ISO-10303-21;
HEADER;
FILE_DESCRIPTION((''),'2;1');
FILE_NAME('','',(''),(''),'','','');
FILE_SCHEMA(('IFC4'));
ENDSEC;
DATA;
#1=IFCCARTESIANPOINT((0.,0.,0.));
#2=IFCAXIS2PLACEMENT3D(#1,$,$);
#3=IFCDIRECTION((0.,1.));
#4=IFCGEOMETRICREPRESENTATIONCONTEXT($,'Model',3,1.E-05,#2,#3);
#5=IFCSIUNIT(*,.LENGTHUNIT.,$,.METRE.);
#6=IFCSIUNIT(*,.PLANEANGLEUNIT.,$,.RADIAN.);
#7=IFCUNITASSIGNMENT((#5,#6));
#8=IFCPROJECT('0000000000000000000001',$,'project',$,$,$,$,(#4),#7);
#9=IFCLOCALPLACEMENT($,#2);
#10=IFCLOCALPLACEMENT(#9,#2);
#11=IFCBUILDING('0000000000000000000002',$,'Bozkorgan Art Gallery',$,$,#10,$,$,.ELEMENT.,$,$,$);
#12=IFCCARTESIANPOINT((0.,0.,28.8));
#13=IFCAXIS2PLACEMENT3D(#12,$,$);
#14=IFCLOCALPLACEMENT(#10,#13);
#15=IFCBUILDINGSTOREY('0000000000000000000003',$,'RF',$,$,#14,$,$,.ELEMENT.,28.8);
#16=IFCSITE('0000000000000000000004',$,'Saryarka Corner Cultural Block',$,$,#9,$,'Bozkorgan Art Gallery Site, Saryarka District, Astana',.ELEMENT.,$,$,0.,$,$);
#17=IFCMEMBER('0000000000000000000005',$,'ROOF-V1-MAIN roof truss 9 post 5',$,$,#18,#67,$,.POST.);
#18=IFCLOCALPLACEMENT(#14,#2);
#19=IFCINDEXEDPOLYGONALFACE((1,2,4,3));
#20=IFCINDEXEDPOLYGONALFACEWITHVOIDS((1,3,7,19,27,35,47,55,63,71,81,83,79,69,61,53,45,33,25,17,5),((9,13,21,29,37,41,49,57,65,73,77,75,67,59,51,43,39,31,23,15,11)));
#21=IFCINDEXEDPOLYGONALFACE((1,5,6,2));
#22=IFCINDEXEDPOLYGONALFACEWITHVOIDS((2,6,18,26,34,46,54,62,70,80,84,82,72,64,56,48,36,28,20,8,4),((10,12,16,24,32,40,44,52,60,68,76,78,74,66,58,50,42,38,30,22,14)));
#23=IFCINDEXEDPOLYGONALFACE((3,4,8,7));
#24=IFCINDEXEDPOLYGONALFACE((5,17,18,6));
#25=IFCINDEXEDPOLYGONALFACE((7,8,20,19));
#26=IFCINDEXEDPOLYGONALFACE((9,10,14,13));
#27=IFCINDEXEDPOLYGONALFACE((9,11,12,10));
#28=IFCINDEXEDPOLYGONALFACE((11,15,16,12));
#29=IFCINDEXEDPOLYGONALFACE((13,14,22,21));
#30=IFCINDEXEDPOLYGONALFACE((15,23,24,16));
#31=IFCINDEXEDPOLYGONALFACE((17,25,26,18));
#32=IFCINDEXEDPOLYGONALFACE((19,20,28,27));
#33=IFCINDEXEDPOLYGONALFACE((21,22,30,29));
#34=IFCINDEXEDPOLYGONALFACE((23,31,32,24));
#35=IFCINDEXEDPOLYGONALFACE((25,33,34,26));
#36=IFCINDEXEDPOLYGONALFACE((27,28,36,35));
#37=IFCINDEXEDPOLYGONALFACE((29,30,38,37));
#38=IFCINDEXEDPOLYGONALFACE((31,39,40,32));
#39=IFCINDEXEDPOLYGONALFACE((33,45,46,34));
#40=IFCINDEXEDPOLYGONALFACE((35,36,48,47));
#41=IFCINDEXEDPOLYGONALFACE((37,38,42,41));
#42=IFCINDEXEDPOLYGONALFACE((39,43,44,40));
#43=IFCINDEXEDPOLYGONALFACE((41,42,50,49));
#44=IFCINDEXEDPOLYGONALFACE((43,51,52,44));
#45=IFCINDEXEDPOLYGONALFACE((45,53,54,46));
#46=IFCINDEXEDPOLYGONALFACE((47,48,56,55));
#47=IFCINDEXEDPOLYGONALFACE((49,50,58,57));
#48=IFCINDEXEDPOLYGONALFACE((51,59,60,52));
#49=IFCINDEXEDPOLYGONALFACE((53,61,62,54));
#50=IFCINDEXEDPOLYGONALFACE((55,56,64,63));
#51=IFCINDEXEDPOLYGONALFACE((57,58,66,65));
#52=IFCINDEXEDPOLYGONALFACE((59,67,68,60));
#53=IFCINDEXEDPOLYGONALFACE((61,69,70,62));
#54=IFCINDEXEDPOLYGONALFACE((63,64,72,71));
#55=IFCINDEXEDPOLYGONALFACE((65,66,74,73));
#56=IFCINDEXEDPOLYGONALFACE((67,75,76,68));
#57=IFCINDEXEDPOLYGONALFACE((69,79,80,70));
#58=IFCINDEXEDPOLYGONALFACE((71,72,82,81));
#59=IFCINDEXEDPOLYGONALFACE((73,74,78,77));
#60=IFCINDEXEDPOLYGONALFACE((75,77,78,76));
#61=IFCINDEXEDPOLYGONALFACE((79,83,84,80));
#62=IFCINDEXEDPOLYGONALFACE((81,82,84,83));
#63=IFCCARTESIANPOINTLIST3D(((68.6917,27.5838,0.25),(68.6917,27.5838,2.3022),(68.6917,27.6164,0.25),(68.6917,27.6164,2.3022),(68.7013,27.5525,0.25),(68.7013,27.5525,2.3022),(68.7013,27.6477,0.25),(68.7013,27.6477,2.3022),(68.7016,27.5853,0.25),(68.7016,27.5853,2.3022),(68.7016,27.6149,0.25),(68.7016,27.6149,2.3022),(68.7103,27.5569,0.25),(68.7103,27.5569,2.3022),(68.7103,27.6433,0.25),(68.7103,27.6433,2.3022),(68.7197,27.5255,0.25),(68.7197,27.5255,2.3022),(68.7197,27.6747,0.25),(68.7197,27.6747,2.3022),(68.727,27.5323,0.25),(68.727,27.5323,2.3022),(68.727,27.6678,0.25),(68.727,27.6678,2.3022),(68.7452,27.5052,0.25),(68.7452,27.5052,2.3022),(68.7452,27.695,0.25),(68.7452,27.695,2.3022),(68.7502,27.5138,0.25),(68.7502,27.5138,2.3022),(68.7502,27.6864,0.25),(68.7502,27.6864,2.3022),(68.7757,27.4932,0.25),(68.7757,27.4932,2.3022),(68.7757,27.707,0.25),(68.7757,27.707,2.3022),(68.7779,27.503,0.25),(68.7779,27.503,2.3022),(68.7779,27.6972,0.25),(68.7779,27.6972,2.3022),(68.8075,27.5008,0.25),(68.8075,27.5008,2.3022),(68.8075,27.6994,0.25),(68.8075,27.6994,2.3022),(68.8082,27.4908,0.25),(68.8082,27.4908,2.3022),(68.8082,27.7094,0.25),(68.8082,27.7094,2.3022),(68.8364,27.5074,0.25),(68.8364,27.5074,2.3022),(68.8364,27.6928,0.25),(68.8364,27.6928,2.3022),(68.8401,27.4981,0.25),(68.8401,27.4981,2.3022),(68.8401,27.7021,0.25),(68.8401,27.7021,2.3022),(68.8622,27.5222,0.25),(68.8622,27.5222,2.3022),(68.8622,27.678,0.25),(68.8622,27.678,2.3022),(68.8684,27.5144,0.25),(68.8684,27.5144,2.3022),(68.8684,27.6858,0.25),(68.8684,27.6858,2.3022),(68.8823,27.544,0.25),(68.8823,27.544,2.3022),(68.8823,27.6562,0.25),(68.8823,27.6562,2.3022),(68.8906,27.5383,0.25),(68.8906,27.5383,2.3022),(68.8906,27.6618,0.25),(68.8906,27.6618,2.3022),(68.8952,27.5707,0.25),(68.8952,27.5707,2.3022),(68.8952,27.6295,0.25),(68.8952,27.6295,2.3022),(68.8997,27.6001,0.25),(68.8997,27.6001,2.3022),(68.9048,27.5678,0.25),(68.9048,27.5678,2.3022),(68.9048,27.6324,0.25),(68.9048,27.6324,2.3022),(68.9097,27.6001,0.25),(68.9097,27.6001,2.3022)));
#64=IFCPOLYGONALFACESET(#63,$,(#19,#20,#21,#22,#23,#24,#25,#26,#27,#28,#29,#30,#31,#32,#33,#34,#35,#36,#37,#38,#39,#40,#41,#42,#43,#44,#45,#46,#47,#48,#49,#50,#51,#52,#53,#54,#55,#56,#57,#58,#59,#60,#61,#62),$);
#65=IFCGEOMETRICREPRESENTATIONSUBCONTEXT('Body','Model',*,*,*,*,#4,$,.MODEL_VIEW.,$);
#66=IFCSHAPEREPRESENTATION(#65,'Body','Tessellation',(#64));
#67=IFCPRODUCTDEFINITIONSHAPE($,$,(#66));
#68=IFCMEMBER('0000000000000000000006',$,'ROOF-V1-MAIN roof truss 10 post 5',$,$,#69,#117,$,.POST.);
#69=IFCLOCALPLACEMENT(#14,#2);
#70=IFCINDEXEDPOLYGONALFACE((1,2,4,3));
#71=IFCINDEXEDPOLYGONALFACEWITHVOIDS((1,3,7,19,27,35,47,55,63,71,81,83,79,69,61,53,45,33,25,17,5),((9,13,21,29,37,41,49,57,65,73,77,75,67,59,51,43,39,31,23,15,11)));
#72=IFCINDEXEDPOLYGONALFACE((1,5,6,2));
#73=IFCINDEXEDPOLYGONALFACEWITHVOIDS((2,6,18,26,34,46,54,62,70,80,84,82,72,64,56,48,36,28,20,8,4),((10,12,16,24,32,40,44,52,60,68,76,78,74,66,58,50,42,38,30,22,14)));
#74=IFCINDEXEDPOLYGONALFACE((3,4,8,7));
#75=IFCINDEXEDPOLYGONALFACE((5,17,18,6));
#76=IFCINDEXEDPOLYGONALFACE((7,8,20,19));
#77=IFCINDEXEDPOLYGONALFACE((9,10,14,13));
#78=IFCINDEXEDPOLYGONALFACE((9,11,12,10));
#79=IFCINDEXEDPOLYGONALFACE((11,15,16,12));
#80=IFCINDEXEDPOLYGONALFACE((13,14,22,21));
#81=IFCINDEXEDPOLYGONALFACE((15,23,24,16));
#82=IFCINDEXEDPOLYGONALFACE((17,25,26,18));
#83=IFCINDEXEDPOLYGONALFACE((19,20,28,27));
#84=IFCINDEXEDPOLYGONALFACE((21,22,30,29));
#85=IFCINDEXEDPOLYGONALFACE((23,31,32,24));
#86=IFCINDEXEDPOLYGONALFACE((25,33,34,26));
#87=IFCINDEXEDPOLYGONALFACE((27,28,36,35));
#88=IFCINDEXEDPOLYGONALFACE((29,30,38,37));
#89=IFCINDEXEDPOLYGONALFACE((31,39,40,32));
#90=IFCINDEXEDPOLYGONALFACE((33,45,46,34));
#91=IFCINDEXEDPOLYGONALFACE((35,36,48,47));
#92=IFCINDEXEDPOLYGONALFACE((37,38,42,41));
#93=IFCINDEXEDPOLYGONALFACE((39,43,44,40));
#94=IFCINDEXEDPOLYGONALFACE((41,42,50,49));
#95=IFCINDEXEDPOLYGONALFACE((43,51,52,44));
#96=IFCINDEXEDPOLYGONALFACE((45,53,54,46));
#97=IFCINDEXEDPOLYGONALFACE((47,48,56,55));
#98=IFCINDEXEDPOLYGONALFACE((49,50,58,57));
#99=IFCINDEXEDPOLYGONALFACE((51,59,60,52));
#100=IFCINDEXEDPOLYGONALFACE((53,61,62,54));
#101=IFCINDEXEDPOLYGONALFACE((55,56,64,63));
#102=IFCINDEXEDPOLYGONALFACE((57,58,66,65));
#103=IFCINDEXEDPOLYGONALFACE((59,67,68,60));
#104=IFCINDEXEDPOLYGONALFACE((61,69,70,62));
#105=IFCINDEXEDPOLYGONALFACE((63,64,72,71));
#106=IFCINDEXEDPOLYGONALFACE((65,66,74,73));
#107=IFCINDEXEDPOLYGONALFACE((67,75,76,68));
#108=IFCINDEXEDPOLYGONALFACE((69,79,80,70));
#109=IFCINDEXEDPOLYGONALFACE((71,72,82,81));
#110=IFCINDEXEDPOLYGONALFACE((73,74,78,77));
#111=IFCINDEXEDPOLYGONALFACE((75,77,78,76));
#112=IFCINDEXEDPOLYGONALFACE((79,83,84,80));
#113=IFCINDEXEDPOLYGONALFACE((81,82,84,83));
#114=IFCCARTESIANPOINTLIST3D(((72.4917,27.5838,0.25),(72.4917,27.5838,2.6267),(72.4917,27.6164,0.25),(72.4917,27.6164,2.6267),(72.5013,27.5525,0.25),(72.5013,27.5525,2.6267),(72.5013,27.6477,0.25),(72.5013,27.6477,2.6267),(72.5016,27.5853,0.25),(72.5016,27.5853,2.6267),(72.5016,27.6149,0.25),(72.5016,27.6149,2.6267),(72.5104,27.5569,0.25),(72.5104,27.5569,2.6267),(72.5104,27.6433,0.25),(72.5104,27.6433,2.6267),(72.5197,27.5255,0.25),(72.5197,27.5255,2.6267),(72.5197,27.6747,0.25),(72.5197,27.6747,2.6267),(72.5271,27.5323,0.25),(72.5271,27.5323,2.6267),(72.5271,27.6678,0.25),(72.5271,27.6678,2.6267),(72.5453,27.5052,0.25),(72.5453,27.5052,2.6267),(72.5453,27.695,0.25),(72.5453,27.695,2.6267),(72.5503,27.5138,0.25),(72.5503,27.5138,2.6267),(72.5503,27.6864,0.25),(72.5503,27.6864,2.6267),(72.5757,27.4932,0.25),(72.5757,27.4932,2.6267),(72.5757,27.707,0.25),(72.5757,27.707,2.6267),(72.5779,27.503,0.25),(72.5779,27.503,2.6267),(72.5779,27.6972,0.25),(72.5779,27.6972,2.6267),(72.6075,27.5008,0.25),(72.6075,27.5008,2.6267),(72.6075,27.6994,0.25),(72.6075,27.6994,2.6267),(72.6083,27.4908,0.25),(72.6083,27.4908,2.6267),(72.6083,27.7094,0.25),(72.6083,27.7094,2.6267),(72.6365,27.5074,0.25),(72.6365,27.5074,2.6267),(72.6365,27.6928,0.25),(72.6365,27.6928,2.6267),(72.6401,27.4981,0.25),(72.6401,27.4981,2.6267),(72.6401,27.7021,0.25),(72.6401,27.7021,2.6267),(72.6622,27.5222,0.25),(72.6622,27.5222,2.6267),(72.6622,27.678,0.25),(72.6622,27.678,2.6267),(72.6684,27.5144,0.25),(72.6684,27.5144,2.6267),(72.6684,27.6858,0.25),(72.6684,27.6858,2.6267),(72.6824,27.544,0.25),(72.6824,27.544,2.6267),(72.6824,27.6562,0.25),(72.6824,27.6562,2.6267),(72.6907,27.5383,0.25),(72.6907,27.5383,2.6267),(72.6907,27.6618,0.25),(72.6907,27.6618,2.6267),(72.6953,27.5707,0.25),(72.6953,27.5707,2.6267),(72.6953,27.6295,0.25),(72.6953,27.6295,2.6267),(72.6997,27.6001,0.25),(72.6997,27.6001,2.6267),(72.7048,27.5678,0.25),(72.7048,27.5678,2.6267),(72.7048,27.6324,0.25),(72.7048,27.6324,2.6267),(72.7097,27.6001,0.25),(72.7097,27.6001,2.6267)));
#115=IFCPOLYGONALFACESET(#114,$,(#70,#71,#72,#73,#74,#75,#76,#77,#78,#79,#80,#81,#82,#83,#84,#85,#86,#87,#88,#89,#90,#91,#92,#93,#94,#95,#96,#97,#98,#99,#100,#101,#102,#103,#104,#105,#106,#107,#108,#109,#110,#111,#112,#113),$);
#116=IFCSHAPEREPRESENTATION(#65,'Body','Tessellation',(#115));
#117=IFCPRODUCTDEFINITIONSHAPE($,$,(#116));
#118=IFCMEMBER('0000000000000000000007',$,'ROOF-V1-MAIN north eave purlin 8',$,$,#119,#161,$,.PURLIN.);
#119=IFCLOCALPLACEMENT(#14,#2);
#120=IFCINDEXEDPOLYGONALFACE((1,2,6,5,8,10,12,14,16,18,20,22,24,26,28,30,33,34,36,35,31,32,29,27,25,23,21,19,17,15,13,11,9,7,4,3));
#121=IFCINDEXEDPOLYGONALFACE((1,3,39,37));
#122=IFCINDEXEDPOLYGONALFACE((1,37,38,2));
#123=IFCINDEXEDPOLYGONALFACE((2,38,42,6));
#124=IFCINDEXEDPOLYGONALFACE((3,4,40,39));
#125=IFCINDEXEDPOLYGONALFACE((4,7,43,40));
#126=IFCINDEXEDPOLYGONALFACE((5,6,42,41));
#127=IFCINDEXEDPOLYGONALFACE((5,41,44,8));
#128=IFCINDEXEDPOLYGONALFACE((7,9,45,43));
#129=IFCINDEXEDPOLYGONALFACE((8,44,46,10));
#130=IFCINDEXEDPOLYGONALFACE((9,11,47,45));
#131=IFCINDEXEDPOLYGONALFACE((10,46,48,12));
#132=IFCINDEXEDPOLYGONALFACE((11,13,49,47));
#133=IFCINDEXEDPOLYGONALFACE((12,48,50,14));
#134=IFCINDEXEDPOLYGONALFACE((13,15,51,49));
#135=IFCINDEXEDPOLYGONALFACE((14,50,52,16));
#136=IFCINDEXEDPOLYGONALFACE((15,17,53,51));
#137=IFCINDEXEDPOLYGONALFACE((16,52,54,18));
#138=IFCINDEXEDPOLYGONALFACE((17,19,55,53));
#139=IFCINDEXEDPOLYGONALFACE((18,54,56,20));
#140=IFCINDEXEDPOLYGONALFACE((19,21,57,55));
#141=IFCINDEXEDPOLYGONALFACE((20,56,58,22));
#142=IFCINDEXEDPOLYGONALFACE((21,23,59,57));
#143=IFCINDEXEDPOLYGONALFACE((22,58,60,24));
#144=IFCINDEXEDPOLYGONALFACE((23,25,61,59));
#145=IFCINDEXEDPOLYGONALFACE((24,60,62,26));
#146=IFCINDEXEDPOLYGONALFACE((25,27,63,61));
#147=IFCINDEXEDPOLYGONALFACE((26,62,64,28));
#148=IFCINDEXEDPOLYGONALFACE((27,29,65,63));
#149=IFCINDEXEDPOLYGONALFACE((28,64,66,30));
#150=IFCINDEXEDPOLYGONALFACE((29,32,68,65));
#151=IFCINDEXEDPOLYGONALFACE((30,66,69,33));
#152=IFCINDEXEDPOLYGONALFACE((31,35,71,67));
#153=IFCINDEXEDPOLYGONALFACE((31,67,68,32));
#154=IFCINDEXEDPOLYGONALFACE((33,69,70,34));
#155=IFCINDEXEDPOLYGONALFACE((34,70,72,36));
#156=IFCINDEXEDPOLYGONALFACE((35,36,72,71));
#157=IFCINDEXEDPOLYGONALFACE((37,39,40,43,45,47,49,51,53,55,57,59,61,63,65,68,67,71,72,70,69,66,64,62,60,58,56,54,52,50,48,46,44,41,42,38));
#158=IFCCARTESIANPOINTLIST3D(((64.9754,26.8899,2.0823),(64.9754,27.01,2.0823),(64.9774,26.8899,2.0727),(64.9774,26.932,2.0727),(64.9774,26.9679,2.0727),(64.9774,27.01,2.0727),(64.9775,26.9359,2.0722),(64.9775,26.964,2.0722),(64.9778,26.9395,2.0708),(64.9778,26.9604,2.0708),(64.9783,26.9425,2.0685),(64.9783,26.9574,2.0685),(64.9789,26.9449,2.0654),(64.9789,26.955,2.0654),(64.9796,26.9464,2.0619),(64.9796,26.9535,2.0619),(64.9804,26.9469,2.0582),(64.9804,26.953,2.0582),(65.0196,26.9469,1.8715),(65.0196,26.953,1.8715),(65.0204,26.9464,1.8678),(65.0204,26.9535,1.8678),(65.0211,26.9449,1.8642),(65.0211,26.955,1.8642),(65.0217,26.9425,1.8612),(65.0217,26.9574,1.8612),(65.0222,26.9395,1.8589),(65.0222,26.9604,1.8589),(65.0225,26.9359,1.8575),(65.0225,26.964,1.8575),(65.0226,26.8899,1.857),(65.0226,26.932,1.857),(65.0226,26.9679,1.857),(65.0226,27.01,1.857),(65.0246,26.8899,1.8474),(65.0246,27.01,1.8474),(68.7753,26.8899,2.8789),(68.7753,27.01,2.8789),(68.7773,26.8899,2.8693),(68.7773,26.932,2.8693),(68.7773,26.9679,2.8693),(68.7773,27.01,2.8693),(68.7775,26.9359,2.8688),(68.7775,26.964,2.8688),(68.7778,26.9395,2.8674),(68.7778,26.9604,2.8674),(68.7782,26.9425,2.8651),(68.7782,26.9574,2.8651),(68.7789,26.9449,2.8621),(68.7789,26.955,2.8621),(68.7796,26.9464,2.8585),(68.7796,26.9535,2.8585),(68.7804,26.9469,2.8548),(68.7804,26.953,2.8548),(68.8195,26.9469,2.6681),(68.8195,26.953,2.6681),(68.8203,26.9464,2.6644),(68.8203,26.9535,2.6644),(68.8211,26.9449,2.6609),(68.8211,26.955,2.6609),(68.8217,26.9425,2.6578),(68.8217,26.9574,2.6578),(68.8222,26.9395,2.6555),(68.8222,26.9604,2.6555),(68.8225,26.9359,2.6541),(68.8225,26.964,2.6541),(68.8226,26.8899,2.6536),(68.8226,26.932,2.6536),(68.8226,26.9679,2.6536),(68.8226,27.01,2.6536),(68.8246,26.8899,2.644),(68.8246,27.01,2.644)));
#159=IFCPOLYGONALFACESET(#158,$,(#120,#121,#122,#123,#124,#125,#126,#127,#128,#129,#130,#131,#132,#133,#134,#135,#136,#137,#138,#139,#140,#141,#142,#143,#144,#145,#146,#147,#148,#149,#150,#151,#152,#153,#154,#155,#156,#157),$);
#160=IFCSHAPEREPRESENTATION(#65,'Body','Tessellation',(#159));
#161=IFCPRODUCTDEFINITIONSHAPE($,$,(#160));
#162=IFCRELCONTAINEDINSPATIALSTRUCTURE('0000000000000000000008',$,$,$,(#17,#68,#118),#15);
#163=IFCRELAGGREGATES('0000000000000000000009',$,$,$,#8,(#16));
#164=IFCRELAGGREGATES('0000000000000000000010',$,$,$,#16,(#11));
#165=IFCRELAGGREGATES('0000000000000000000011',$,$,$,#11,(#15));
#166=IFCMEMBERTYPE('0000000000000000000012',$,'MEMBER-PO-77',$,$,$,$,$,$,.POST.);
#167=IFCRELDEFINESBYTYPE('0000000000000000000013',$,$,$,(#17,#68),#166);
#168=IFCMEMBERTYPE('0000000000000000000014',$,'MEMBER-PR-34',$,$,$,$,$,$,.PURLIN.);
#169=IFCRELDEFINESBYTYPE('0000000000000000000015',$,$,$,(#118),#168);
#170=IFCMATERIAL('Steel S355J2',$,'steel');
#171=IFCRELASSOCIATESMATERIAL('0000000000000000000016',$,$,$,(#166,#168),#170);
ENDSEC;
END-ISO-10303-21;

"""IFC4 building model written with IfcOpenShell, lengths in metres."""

from ifc_helpers import new_model, si_unit, direction, frame, origin, origin_2d, place, context, subcontext, project, spatial, hollow_circle, i_section, extrude, material, material_profile, profile_set, type_object, element, save


model = new_model("IFC4")

# Units and contexts
model_context = context("Model", 3, precision=1e-05, world=origin(), true_north=direction((0.0, 1.0)))
body_context = subcontext(model_context, "Body", "Model", "MODEL_VIEW")
ifc_project = project(units=[si_unit("LENGTHUNIT", "METRE"), si_unit("PLANEANGLEUNIT", "RADIAN")], contexts=[model_context])

# Site, building, storey
site_placement = place(None, origin())
site = spatial("IfcSite", under=ifc_project, at=site_placement, Name="Saryarka Corner Cultural Block", LongName="Bozkorgan Art Gallery Site, Saryarka District, Astana", CompositionType="ELEMENT", RefElevation=0.0)
building_placement = place(site_placement, origin())
building = spatial("IfcBuilding", under=site, at=building_placement, Name="Bozkorgan Art Gallery", CompositionType="ELEMENT")
storey_placement = place(building_placement, frame((0.0, 0.0, 28.8)))
storey = spatial("IfcBuildingStorey", under=building, at=storey_placement, Name="RF", CompositionType="ELEMENT", Elevation=28.8)

# Shared definitions
ifc_material_1 = material(Name="Steel S355J2", Category="steel")

# Members
ifc_material_profile_1 = material_profile(ifc_material_1, hollow_circle(Radius=0.1096, WallThickness=0.01, at=origin_2d()), Name="CHS 219.1x10")
ifc_profile_set_1 = profile_set([ifc_material_profile_1], Name="Steel S355J2")
member_type_1 = type_object("IfcMemberType", Name="MEMBER-PO-77", PredefinedType="POST", material=ifc_profile_set_1)
member_1_placement = place(storey_placement, frame((68.8, 27.6001, 0.25), z_axis=(0.0, 0.0, 1.0), x_axis=(1.0, 0.0, 0.0)))
element("IfcMember", 1, at=member_1_placement, inside=storey, type_object=member_type_1, Name="ROOF-V1-MAIN roof truss 9 post 5", PredefinedType="POST", context=body_context, shape_type="SweptSolid", body=[
    extrude(hollow_circle(Radius=0.1096, WallThickness=0.01, at=origin_2d()), origin(), (0.0, 0.0, 1.0), 2.0522),
])
member_2_placement = place(storey_placement, frame((72.6001, 27.6001, 0.25), z_axis=(0.0, 0.0, 1.0), x_axis=(1.0, 0.0, 0.0)))
element("IfcMember", 2, at=member_2_placement, inside=storey, type_object=member_type_1, Name="ROOF-V1-MAIN roof truss 10 post 5", PredefinedType="POST", context=body_context, shape_type="SweptSolid", body=[
    extrude(hollow_circle(Radius=0.1096, WallThickness=0.01, at=origin_2d()), origin(), (0.0, 0.0, 1.0), 2.3767),
])
ifc_material_profile_2 = material_profile(ifc_material_1, i_section(OverallWidth=0.1201, OverallDepth=0.24, WebThickness=0.0061, FlangeThickness=0.0098, FilletRadius=0.0149, at=origin_2d()), Name="IPE 240")
ifc_profile_set_2 = profile_set([ifc_material_profile_2], Name="Steel S355J2")
member_type_2 = type_object("IfcMemberType", Name="MEMBER-PR-34", PredefinedType="PURLIN", material=ifc_profile_set_2)
member_3_placement = place(storey_placement, frame((65.0, 26.95, 1.9648), z_axis=(0.978725, 0.0, 0.205177), x_axis=(0.0, 1.0, 0.0)))
element("IfcMember", 3, at=member_3_placement, inside=storey, type_object=member_type_2, Name="ROOF-V1-MAIN north eave purlin 8", PredefinedType="PURLIN", context=body_context, shape_type="SweptSolid", body=[
    extrude(i_section(OverallWidth=0.1201, OverallDepth=0.24, WebThickness=0.0061, FlangeThickness=0.0098, FilletRadius=0.0149, at=origin_2d()), origin(), (0.0, 0.0, 1.0), 3.8826),
])

save(model, "model.ifc")
